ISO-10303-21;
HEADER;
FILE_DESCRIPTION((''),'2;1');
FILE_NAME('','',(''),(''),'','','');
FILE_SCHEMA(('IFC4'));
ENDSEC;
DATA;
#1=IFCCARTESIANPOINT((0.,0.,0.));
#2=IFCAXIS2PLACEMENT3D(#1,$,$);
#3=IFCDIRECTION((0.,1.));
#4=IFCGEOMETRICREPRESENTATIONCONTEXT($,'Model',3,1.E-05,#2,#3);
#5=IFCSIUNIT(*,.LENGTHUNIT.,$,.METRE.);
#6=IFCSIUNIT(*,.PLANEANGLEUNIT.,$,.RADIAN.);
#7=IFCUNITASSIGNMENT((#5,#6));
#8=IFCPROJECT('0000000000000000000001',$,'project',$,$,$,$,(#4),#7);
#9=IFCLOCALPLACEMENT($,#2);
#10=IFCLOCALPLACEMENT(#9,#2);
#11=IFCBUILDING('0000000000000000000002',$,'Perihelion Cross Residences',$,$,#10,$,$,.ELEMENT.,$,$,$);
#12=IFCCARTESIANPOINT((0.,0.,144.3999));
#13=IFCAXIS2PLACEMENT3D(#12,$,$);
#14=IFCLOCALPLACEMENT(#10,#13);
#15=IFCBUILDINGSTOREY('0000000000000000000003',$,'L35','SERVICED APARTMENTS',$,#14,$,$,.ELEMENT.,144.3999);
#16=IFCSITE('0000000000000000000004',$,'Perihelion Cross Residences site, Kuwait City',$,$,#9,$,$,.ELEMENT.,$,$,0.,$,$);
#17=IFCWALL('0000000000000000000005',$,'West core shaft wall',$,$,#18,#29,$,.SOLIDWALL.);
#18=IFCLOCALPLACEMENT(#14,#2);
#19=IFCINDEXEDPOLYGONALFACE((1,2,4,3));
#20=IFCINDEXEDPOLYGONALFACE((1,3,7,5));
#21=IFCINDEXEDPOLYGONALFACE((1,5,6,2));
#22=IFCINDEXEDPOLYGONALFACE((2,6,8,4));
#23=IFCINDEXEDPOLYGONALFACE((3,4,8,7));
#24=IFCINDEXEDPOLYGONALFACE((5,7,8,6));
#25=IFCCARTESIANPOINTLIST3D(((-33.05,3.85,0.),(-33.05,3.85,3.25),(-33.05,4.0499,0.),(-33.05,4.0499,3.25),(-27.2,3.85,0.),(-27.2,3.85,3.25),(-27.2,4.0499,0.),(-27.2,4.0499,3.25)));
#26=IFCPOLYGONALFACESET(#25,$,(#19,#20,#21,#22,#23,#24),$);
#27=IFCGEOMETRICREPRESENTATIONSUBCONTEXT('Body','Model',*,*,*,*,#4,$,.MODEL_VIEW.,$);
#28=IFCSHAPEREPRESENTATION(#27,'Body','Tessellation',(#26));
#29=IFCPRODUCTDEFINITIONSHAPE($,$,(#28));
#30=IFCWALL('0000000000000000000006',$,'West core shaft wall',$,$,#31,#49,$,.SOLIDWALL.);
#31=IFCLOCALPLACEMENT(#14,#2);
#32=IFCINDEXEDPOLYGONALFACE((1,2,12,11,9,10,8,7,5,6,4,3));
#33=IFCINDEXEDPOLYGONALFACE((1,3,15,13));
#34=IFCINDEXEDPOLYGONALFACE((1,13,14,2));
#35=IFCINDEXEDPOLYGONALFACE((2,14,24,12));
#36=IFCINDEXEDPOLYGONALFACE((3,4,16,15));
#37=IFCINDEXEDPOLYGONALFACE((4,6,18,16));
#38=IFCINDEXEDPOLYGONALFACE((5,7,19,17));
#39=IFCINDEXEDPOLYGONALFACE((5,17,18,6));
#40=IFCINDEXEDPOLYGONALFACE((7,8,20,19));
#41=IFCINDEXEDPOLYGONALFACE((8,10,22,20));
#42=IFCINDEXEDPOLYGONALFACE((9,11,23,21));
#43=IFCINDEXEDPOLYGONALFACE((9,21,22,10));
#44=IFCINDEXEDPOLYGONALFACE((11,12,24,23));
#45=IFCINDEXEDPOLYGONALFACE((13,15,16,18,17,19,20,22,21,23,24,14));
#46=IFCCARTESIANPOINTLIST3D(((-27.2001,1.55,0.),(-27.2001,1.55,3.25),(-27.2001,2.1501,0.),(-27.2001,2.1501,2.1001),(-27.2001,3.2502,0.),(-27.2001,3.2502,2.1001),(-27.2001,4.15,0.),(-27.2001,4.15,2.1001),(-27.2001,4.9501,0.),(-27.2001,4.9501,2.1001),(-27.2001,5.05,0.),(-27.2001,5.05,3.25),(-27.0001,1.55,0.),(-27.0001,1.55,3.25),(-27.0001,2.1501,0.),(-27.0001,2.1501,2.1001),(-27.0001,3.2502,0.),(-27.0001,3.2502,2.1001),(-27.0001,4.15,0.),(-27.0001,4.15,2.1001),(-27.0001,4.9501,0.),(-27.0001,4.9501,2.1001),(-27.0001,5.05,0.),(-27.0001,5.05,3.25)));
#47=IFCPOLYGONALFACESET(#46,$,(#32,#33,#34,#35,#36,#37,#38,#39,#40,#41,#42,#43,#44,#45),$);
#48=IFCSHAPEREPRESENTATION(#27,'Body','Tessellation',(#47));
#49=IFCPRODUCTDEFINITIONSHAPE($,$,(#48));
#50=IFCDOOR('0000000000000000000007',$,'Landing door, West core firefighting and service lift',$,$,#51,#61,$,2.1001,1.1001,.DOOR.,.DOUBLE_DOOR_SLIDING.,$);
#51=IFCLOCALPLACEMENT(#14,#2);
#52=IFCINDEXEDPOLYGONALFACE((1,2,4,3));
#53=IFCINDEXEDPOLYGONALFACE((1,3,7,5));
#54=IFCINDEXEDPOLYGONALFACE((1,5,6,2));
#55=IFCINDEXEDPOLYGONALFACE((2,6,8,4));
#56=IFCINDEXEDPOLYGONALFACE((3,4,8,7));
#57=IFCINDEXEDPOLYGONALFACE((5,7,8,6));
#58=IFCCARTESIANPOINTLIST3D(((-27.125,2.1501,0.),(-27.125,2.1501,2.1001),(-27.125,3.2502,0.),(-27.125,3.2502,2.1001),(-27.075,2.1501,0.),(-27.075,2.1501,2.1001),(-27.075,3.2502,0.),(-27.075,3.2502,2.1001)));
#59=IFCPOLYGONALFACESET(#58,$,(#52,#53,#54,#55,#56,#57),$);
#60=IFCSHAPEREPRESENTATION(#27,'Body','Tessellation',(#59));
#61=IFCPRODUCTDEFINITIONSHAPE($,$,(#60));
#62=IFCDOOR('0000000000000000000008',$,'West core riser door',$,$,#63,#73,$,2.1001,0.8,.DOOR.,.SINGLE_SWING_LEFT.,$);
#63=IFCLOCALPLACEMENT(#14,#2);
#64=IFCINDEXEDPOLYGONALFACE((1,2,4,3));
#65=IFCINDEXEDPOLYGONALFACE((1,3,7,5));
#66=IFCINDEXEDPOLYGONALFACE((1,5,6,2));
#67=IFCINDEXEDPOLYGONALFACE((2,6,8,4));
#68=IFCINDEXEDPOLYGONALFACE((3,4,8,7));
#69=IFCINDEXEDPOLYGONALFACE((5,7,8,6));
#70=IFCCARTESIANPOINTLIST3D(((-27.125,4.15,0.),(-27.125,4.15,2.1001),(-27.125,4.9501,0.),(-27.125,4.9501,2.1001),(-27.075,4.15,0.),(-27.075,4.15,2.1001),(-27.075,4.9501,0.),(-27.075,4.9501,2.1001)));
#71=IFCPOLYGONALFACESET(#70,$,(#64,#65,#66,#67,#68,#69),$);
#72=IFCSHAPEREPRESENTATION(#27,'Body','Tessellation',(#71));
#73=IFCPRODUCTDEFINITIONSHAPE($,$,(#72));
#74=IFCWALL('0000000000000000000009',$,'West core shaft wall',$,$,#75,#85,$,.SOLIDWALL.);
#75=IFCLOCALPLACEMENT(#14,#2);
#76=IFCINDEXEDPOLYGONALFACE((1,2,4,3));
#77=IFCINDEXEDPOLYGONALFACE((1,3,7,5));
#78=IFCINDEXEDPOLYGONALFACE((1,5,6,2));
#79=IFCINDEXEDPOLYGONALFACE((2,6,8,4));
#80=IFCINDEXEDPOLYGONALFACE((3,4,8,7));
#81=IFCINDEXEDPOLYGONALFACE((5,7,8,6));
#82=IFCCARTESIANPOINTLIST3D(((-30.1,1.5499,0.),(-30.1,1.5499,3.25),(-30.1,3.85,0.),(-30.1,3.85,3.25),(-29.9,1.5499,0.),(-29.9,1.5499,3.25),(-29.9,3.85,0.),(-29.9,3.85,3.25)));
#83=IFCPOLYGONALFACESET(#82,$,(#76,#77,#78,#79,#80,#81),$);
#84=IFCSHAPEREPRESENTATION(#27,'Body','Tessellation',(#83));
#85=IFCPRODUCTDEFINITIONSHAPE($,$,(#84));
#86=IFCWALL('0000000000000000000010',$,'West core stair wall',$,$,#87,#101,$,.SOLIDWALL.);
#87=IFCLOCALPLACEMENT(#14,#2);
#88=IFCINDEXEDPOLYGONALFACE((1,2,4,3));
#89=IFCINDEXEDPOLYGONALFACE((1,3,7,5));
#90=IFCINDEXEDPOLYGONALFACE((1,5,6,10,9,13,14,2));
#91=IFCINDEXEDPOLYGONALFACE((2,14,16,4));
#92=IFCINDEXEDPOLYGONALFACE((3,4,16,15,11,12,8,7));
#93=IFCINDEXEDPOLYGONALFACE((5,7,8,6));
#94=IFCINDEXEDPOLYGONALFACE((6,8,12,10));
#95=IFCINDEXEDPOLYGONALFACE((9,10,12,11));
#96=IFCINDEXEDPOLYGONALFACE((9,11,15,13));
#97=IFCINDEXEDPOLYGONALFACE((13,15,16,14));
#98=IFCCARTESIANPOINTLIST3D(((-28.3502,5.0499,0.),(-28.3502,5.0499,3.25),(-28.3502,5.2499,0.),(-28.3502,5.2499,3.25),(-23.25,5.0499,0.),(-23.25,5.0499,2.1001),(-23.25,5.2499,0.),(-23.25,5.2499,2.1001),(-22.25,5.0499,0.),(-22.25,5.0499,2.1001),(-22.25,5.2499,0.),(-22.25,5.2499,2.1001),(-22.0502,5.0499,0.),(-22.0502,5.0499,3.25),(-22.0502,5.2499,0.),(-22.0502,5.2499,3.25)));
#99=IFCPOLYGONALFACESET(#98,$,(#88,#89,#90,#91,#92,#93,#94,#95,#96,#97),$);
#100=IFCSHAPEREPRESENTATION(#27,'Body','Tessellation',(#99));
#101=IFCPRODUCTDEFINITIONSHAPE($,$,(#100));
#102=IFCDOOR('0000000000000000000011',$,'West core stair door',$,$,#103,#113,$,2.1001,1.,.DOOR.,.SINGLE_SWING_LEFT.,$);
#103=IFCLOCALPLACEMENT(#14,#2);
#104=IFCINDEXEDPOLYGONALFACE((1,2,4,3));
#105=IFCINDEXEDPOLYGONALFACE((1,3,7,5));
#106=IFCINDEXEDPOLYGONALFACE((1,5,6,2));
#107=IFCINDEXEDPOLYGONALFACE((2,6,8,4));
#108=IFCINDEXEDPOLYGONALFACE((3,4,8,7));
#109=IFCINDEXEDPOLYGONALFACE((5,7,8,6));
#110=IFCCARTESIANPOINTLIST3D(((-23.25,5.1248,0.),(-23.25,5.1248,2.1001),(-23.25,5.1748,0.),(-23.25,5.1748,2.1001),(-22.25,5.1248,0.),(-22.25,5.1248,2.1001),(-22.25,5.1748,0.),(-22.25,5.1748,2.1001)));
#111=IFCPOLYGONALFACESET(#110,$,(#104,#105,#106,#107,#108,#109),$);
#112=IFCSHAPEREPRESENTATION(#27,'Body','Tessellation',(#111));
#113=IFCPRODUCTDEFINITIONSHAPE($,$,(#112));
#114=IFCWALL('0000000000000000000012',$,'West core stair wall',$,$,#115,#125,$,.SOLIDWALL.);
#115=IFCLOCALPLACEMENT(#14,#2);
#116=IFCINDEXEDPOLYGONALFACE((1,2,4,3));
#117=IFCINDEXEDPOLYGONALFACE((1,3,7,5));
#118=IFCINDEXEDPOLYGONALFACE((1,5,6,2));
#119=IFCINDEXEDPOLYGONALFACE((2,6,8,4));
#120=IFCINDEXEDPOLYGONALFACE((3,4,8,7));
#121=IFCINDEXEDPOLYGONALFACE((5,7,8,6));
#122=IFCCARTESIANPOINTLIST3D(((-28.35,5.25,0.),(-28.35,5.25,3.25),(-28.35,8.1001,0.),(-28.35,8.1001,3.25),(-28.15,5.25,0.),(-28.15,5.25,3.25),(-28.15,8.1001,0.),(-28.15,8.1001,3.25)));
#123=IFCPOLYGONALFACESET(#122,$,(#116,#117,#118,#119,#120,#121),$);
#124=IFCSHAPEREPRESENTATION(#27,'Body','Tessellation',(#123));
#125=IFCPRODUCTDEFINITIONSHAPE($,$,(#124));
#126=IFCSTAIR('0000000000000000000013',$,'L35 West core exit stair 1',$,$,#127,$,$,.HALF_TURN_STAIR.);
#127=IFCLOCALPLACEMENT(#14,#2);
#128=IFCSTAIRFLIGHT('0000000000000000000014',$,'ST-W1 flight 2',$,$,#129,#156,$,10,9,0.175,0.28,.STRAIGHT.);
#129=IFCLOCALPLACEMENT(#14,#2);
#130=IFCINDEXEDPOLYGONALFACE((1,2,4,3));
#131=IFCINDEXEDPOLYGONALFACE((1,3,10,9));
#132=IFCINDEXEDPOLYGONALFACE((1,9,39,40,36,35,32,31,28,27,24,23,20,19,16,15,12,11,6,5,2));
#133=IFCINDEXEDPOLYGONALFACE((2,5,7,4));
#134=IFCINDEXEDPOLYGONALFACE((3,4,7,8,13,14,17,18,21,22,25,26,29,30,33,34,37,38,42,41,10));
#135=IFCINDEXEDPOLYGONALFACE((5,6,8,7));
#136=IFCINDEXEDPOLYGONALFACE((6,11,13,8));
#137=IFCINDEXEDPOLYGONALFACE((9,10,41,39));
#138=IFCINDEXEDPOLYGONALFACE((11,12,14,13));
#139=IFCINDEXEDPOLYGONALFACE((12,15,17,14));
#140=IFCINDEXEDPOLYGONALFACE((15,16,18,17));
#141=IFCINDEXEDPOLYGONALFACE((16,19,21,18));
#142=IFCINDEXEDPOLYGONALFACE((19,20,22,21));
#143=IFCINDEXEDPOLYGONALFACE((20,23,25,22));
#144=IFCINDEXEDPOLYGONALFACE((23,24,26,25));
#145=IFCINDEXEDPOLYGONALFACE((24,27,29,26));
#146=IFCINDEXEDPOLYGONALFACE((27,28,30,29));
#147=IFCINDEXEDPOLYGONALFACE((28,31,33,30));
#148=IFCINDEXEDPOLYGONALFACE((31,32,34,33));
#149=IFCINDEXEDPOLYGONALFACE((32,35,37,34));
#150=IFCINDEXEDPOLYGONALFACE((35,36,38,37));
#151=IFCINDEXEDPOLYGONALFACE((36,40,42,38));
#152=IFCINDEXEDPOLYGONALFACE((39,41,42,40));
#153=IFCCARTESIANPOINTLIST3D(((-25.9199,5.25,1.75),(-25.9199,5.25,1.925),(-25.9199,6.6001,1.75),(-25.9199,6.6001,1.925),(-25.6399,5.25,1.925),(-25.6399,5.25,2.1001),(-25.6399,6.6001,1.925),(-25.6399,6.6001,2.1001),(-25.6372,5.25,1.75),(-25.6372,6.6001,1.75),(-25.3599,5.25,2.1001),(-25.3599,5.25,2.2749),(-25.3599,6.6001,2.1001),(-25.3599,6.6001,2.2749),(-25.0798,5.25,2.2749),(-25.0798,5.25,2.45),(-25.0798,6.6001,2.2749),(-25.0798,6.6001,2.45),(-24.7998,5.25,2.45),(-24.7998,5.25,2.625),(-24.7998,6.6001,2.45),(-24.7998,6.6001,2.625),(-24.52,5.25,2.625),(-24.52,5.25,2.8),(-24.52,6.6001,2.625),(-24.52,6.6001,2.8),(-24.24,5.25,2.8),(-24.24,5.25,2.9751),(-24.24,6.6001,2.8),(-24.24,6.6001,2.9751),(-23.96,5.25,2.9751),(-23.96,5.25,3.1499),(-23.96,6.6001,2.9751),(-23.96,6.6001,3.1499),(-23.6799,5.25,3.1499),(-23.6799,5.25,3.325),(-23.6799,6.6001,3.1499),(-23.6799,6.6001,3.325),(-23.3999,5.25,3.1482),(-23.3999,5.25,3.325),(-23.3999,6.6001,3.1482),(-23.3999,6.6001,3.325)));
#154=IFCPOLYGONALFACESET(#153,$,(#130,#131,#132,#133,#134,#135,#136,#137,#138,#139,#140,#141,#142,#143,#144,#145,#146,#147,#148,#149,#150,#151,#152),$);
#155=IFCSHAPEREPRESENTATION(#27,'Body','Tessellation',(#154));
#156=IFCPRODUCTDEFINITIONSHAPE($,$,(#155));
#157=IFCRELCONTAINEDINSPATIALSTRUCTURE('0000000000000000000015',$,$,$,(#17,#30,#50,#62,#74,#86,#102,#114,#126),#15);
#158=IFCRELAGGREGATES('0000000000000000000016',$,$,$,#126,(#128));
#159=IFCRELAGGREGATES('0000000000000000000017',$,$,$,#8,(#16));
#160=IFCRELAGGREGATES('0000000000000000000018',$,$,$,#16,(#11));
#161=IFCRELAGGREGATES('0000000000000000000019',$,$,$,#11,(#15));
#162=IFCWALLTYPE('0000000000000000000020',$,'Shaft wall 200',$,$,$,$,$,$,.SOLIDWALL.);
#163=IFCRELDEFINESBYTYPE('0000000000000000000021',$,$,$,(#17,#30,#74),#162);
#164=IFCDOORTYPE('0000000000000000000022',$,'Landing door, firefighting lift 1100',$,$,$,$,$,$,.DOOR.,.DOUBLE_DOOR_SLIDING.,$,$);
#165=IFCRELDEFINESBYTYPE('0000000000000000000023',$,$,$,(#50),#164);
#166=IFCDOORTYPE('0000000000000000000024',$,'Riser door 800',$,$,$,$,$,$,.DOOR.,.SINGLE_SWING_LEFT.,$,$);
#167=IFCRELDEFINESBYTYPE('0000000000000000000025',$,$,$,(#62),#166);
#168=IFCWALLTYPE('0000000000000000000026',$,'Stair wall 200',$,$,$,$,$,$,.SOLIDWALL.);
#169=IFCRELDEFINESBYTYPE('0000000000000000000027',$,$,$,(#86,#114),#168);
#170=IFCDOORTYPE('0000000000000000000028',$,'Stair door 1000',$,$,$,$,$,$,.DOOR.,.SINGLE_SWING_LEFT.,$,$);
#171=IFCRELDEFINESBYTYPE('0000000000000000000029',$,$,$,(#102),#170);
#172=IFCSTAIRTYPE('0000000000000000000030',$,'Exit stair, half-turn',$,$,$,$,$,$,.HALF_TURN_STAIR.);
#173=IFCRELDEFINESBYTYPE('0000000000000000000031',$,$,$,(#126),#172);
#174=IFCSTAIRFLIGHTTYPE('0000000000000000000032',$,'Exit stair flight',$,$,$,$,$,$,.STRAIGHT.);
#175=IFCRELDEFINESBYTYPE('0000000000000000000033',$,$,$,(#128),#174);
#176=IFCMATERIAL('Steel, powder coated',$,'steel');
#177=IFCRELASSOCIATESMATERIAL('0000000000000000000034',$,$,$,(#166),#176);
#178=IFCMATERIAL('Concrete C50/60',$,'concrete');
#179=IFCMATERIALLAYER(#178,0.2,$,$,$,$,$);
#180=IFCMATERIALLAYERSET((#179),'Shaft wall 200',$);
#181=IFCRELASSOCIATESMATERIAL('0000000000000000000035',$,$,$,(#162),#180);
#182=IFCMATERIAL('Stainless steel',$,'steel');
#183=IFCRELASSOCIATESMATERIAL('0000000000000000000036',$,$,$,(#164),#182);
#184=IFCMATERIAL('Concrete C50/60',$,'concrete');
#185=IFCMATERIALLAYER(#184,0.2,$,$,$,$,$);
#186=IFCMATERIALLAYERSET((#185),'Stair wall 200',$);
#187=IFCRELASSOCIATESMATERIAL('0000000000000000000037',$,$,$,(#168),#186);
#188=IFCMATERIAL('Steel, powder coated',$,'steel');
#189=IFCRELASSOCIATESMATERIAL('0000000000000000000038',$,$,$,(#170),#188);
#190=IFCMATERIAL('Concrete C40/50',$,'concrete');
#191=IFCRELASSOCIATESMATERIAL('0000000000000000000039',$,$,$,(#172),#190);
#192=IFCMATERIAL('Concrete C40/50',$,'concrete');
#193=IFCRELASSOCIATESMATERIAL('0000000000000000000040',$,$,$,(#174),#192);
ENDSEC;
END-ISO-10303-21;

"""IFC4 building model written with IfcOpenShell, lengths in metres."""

from ifc_helpers import new_model, si_unit, direction, frame, frame_2d, origin, place, context, subcontext, project, spatial, polyline, rectangle, outline, extrude, material, layer, layer_set, type_object, element, fill, aggregate, save


model = new_model("IFC4")

# Units and contexts
model_context = context("Model", 3, precision=1e-05, world=origin(), true_north=direction((0.0, 1.0)))
body_context = subcontext(model_context, "Body", "Model", "MODEL_VIEW")
ifc_project = project(units=[si_unit("LENGTHUNIT", "METRE"), si_unit("PLANEANGLEUNIT", "RADIAN")], contexts=[model_context])

# Site, building, storey
site_placement = place(None, origin())
site = spatial("IfcSite", under=ifc_project, at=site_placement, Name="Perihelion Cross Residences site, Kuwait City", CompositionType="ELEMENT", RefElevation=0.0)
building_placement = place(site_placement, origin())
building = spatial("IfcBuilding", under=site, at=building_placement, Name="Perihelion Cross Residences", CompositionType="ELEMENT")
storey_placement = place(building_placement, frame((0.0, 0.0, 144.3999)))
storey = spatial("IfcBuildingStorey", under=building, at=storey_placement, Name="L35", Description="SERVICED APARTMENTS", CompositionType="ELEMENT", Elevation=144.3999)

# Shared definitions
ifc_material_1 = material(Name="Steel, powder coated", Category="steel")
door_type_1 = type_object("IfcDoorType", Name="Riser door 800", OperationType="SINGLE_SWING_LEFT", PredefinedType="DOOR", material=ifc_material_1)

# Shared definitions
ifc_material_2 = material(Name="Concrete C50/60", Category="concrete")
ifc_layer_1 = layer(ifc_material_2, 0.2)
ifc_layer_set_1 = layer_set([ifc_layer_1], Name="Shaft wall 200")
wall_type_1 = type_object("IfcWallType", Name="Shaft wall 200", PredefinedType="SOLIDWALL", material=ifc_layer_set_1)

# Wall
wall_1_placement = place(storey_placement, frame((-33.05, 3.95, 0.0), z_axis=(0.0, 0.0, 1.0), x_axis=(1.0, 0.0, 0.0)))
element("IfcWall", 1, at=wall_1_placement, inside=storey, type_object=wall_type_1, Name="West core shaft wall", PredefinedType="SOLIDWALL", context=body_context, shape_type="SweptSolid", body=[
    extrude(rectangle(XDim=5.8501, YDim=0.2, at=frame_2d((2.925, 0.0))), origin(), (0.0, 0.0, 1.0), 3.25),
])

# Wall, openings, doors
wall_2_placement = place(storey_placement, frame((-27.1001, 1.55, 0.0), z_axis=(0.0, 0.0, 1.0), x_axis=(0.0, 1.0, 0.0)))
wall_2 = element("IfcWall", 2, at=wall_2_placement, inside=storey, type_object=wall_type_1, Name="West core shaft wall", PredefinedType="SOLIDWALL", context=body_context, shape_type="SweptSolid", body=[
    extrude(rectangle(XDim=3.5, YDim=0.2, at=frame_2d((1.75, 0.0))), origin(), (0.0, 0.0, 1.0), 3.25),
])
opening_1_placement = place(wall_2_placement, frame((0.6001, 0.0, 0.0)))
opening_1 = element("IfcOpeningElement", 3, at=opening_1_placement, cuts=wall_2, PredefinedType="OPENING", context=body_context, shape_type="SweptSolid", body=[
    extrude(rectangle(XDim=1.1001, YDim=2.1001, at=frame_2d((0.55, 1.05))), frame((0.0, 0.1099, 0.0), z_axis=(0.0, -1.0, 0.0), x_axis=(1.0, 0.0, 0.0)), (0.0, 0.0, 1.0), 0.22),
])
opening_2_placement = place(wall_2_placement, frame((2.6001, 0.0, 0.0)))
opening_2 = element("IfcOpeningElement", 4, at=opening_2_placement, cuts=wall_2, PredefinedType="OPENING", context=body_context, shape_type="SweptSolid", body=[
    extrude(rectangle(XDim=0.8, YDim=2.1001, at=frame_2d((0.3999, 1.05))), frame((0.0, 0.1099, 0.0), z_axis=(0.0, -1.0, 0.0), x_axis=(1.0, 0.0, 0.0)), (0.0, 0.0, 1.0), 0.22),
])
ifc_material_3 = material(Name="Stainless steel", Category="steel")
door_type_2 = type_object("IfcDoorType", Name="Landing door, firefighting lift 1100", OperationType="DOUBLE_DOOR_SLIDING", PredefinedType="DOOR", material=ifc_material_3)
door_1_placement = place(opening_1_placement, origin())
door_1 = element("IfcDoor", 5, at=door_1_placement, inside=storey, type_object=door_type_2, Name="Landing door, West core firefighting and service lift", OperationType="DOUBLE_DOOR_SLIDING", OverallHeight=2.1001, OverallWidth=1.1001, PredefinedType="DOOR", context=body_context, shape_type="SweptSolid", body=[
    extrude(rectangle(XDim=1.1001, YDim=2.1001, at=frame_2d((0.55, 1.05))), frame((0.0, 0.0249, 0.0), z_axis=(0.0, -1.0, 0.0), x_axis=(1.0, 0.0, 0.0)), (0.0, 0.0, 1.0), 0.05),
])
fill(opening_1, door_1)
door_2_placement = place(opening_2_placement, origin())
door_2 = element("IfcDoor", 6, at=door_2_placement, inside=storey, type_object=door_type_1, Name="West core riser door", OperationType="SINGLE_SWING_LEFT", OverallHeight=2.1001, OverallWidth=0.8, PredefinedType="DOOR", context=body_context, shape_type="SweptSolid", body=[
    extrude(rectangle(XDim=0.8, YDim=2.1001, at=frame_2d((0.3999, 1.05))), frame((0.0, 0.0249, 0.0), z_axis=(0.0, -1.0, 0.0), x_axis=(1.0, 0.0, 0.0)), (0.0, 0.0, 1.0), 0.05),
])
fill(opening_2, door_2)

# Wall
wall_3_placement = place(storey_placement, frame((-30.0, 1.55, 0.0), z_axis=(0.0, 0.0, 1.0), x_axis=(0.0, 1.0, 0.0)))
element("IfcWall", 7, at=wall_3_placement, inside=storey, type_object=wall_type_1, Name="West core shaft wall", PredefinedType="SOLIDWALL", context=body_context, shape_type="SweptSolid", body=[
    extrude(rectangle(XDim=2.3, YDim=0.2, at=frame_2d((1.1499, 0.0))), origin(), (0.0, 0.0, 1.0), 3.25),
])

# Wall, opening, door
ifc_material_4 = material(Name="Concrete C50/60", Category="concrete")
ifc_layer_2 = layer(ifc_material_4, 0.2)
ifc_layer_set_2 = layer_set([ifc_layer_2], Name="Stair wall 200")
wall_type_2 = type_object("IfcWallType", Name="Stair wall 200", PredefinedType="SOLIDWALL", material=ifc_layer_set_2)
wall_4_placement = place(storey_placement, frame((-28.3501, 5.1499, 0.0), z_axis=(0.0, 0.0, 1.0), x_axis=(1.0, 0.0, 0.0)))
wall_4 = element("IfcWall", 8, at=wall_4_placement, inside=storey, type_object=wall_type_2, Name="West core stair wall", PredefinedType="SOLIDWALL", context=body_context, shape_type="SweptSolid", body=[
    extrude(rectangle(XDim=6.3, YDim=0.2, at=frame_2d((3.1499, 0.0))), origin(), (0.0, 0.0, 1.0), 3.25),
])
opening_3_placement = place(wall_4_placement, frame((5.1001, 0.0, 0.0)))
opening_3 = element("IfcOpeningElement", 9, at=opening_3_placement, cuts=wall_4, PredefinedType="OPENING", context=body_context, shape_type="SweptSolid", body=[
    extrude(rectangle(XDim=1.0, YDim=2.1001, at=frame_2d((0.5, 1.05))), frame((0.0, 0.1099, 0.0), z_axis=(0.0, -1.0, 0.0), x_axis=(1.0, 0.0, 0.0)), (0.0, 0.0, 1.0), 0.22),
])
ifc_material_5 = material(Name="Steel, powder coated", Category="steel")
door_type_3 = type_object("IfcDoorType", Name="Stair door 1000", OperationType="SINGLE_SWING_LEFT", PredefinedType="DOOR", material=ifc_material_5)
door_3_placement = place(opening_3_placement, origin())
door_3 = element("IfcDoor", 10, at=door_3_placement, inside=storey, type_object=door_type_3, Name="West core stair door", OperationType="SINGLE_SWING_LEFT", OverallHeight=2.1001, OverallWidth=1.0, PredefinedType="DOOR", context=body_context, shape_type="SweptSolid", body=[
    extrude(rectangle(XDim=1.0, YDim=2.1001, at=frame_2d((0.5, 1.05))), frame((0.0, 0.0249, 0.0), z_axis=(0.0, -1.0, 0.0), x_axis=(1.0, 0.0, 0.0)), (0.0, 0.0, 1.0), 0.05),
])
fill(opening_3, door_3)

# Wall
wall_5_placement = place(storey_placement, frame((-28.25, 5.25, 0.0), z_axis=(0.0, 0.0, 1.0), x_axis=(0.0, 1.0, 0.0)))
element("IfcWall", 11, at=wall_5_placement, inside=storey, type_object=wall_type_2, Name="West core stair wall", PredefinedType="SOLIDWALL", context=body_context, shape_type="SweptSolid", body=[
    extrude(rectangle(XDim=2.8501, YDim=0.2, at=frame_2d((1.425, 0.0))), origin(), (0.0, 0.0, 1.0), 3.25),
])

# Stair, stair flight
ifc_material_6 = material(Name="Concrete C40/50", Category="concrete")
stair_type = type_object("IfcStairType", Name="Exit stair, half-turn", PredefinedType="HALF_TURN_STAIR", material=ifc_material_6)
stair_placement = place(storey_placement, origin())
stair = element("IfcStair", 12, at=stair_placement, inside=storey, type_object=stair_type, Name="L35 West core exit stair 1", PredefinedType="HALF_TURN_STAIR")
ifc_material_7 = material(Name="Concrete C40/50", Category="concrete")
stair_flight_type = type_object("IfcStairFlightType", Name="Exit stair flight", PredefinedType="STRAIGHT", material=ifc_material_7)
stair_flight_placement = place(storey_placement, frame((-25.9199, 5.925, 1.75), z_axis=(0.0, 0.0, 1.0), x_axis=(1.0, 0.0, 0.0)))
stair_flight = element("IfcStairFlight", 13, at=stair_flight_placement, type_object=stair_flight_type, Name="ST-W1 flight 2", NumberOfRisers=10, NumberOfTreads=9, PredefinedType="STRAIGHT", RiserHeight=0.175, TreadLength=0.28, context=body_context, shape_type="SweptSolid", body=[
    extrude(outline(polyline([(0.0, 0.0), (0.0, 0.175), (0.28, 0.175), (0.28, 0.3501), (0.5601, 0.3501), (0.5601, 0.5249), (0.8401, 0.5249), (0.8401, 0.7), (1.1201, 0.7), (1.1201, 0.875), (1.3999, 0.875), (1.3999, 1.05), (1.6799, 1.05), (1.6799, 1.2251), (1.96, 1.2251), (1.96, 1.3999), (2.24, 1.3999), (2.24, 1.575), (2.52, 1.575), (2.52, 1.75), (2.52, 1.3982), (0.2827, 0.0), (0.0, 0.0)])), frame((0.0, 0.675, 0.0), z_axis=(0.0, -1.0, 0.0), x_axis=(1.0, 0.0, 0.0)), (0.0, 0.0, 1.0), 1.3501),
])
aggregate(stair, [stair_flight])

save(model, "model.ifc")
